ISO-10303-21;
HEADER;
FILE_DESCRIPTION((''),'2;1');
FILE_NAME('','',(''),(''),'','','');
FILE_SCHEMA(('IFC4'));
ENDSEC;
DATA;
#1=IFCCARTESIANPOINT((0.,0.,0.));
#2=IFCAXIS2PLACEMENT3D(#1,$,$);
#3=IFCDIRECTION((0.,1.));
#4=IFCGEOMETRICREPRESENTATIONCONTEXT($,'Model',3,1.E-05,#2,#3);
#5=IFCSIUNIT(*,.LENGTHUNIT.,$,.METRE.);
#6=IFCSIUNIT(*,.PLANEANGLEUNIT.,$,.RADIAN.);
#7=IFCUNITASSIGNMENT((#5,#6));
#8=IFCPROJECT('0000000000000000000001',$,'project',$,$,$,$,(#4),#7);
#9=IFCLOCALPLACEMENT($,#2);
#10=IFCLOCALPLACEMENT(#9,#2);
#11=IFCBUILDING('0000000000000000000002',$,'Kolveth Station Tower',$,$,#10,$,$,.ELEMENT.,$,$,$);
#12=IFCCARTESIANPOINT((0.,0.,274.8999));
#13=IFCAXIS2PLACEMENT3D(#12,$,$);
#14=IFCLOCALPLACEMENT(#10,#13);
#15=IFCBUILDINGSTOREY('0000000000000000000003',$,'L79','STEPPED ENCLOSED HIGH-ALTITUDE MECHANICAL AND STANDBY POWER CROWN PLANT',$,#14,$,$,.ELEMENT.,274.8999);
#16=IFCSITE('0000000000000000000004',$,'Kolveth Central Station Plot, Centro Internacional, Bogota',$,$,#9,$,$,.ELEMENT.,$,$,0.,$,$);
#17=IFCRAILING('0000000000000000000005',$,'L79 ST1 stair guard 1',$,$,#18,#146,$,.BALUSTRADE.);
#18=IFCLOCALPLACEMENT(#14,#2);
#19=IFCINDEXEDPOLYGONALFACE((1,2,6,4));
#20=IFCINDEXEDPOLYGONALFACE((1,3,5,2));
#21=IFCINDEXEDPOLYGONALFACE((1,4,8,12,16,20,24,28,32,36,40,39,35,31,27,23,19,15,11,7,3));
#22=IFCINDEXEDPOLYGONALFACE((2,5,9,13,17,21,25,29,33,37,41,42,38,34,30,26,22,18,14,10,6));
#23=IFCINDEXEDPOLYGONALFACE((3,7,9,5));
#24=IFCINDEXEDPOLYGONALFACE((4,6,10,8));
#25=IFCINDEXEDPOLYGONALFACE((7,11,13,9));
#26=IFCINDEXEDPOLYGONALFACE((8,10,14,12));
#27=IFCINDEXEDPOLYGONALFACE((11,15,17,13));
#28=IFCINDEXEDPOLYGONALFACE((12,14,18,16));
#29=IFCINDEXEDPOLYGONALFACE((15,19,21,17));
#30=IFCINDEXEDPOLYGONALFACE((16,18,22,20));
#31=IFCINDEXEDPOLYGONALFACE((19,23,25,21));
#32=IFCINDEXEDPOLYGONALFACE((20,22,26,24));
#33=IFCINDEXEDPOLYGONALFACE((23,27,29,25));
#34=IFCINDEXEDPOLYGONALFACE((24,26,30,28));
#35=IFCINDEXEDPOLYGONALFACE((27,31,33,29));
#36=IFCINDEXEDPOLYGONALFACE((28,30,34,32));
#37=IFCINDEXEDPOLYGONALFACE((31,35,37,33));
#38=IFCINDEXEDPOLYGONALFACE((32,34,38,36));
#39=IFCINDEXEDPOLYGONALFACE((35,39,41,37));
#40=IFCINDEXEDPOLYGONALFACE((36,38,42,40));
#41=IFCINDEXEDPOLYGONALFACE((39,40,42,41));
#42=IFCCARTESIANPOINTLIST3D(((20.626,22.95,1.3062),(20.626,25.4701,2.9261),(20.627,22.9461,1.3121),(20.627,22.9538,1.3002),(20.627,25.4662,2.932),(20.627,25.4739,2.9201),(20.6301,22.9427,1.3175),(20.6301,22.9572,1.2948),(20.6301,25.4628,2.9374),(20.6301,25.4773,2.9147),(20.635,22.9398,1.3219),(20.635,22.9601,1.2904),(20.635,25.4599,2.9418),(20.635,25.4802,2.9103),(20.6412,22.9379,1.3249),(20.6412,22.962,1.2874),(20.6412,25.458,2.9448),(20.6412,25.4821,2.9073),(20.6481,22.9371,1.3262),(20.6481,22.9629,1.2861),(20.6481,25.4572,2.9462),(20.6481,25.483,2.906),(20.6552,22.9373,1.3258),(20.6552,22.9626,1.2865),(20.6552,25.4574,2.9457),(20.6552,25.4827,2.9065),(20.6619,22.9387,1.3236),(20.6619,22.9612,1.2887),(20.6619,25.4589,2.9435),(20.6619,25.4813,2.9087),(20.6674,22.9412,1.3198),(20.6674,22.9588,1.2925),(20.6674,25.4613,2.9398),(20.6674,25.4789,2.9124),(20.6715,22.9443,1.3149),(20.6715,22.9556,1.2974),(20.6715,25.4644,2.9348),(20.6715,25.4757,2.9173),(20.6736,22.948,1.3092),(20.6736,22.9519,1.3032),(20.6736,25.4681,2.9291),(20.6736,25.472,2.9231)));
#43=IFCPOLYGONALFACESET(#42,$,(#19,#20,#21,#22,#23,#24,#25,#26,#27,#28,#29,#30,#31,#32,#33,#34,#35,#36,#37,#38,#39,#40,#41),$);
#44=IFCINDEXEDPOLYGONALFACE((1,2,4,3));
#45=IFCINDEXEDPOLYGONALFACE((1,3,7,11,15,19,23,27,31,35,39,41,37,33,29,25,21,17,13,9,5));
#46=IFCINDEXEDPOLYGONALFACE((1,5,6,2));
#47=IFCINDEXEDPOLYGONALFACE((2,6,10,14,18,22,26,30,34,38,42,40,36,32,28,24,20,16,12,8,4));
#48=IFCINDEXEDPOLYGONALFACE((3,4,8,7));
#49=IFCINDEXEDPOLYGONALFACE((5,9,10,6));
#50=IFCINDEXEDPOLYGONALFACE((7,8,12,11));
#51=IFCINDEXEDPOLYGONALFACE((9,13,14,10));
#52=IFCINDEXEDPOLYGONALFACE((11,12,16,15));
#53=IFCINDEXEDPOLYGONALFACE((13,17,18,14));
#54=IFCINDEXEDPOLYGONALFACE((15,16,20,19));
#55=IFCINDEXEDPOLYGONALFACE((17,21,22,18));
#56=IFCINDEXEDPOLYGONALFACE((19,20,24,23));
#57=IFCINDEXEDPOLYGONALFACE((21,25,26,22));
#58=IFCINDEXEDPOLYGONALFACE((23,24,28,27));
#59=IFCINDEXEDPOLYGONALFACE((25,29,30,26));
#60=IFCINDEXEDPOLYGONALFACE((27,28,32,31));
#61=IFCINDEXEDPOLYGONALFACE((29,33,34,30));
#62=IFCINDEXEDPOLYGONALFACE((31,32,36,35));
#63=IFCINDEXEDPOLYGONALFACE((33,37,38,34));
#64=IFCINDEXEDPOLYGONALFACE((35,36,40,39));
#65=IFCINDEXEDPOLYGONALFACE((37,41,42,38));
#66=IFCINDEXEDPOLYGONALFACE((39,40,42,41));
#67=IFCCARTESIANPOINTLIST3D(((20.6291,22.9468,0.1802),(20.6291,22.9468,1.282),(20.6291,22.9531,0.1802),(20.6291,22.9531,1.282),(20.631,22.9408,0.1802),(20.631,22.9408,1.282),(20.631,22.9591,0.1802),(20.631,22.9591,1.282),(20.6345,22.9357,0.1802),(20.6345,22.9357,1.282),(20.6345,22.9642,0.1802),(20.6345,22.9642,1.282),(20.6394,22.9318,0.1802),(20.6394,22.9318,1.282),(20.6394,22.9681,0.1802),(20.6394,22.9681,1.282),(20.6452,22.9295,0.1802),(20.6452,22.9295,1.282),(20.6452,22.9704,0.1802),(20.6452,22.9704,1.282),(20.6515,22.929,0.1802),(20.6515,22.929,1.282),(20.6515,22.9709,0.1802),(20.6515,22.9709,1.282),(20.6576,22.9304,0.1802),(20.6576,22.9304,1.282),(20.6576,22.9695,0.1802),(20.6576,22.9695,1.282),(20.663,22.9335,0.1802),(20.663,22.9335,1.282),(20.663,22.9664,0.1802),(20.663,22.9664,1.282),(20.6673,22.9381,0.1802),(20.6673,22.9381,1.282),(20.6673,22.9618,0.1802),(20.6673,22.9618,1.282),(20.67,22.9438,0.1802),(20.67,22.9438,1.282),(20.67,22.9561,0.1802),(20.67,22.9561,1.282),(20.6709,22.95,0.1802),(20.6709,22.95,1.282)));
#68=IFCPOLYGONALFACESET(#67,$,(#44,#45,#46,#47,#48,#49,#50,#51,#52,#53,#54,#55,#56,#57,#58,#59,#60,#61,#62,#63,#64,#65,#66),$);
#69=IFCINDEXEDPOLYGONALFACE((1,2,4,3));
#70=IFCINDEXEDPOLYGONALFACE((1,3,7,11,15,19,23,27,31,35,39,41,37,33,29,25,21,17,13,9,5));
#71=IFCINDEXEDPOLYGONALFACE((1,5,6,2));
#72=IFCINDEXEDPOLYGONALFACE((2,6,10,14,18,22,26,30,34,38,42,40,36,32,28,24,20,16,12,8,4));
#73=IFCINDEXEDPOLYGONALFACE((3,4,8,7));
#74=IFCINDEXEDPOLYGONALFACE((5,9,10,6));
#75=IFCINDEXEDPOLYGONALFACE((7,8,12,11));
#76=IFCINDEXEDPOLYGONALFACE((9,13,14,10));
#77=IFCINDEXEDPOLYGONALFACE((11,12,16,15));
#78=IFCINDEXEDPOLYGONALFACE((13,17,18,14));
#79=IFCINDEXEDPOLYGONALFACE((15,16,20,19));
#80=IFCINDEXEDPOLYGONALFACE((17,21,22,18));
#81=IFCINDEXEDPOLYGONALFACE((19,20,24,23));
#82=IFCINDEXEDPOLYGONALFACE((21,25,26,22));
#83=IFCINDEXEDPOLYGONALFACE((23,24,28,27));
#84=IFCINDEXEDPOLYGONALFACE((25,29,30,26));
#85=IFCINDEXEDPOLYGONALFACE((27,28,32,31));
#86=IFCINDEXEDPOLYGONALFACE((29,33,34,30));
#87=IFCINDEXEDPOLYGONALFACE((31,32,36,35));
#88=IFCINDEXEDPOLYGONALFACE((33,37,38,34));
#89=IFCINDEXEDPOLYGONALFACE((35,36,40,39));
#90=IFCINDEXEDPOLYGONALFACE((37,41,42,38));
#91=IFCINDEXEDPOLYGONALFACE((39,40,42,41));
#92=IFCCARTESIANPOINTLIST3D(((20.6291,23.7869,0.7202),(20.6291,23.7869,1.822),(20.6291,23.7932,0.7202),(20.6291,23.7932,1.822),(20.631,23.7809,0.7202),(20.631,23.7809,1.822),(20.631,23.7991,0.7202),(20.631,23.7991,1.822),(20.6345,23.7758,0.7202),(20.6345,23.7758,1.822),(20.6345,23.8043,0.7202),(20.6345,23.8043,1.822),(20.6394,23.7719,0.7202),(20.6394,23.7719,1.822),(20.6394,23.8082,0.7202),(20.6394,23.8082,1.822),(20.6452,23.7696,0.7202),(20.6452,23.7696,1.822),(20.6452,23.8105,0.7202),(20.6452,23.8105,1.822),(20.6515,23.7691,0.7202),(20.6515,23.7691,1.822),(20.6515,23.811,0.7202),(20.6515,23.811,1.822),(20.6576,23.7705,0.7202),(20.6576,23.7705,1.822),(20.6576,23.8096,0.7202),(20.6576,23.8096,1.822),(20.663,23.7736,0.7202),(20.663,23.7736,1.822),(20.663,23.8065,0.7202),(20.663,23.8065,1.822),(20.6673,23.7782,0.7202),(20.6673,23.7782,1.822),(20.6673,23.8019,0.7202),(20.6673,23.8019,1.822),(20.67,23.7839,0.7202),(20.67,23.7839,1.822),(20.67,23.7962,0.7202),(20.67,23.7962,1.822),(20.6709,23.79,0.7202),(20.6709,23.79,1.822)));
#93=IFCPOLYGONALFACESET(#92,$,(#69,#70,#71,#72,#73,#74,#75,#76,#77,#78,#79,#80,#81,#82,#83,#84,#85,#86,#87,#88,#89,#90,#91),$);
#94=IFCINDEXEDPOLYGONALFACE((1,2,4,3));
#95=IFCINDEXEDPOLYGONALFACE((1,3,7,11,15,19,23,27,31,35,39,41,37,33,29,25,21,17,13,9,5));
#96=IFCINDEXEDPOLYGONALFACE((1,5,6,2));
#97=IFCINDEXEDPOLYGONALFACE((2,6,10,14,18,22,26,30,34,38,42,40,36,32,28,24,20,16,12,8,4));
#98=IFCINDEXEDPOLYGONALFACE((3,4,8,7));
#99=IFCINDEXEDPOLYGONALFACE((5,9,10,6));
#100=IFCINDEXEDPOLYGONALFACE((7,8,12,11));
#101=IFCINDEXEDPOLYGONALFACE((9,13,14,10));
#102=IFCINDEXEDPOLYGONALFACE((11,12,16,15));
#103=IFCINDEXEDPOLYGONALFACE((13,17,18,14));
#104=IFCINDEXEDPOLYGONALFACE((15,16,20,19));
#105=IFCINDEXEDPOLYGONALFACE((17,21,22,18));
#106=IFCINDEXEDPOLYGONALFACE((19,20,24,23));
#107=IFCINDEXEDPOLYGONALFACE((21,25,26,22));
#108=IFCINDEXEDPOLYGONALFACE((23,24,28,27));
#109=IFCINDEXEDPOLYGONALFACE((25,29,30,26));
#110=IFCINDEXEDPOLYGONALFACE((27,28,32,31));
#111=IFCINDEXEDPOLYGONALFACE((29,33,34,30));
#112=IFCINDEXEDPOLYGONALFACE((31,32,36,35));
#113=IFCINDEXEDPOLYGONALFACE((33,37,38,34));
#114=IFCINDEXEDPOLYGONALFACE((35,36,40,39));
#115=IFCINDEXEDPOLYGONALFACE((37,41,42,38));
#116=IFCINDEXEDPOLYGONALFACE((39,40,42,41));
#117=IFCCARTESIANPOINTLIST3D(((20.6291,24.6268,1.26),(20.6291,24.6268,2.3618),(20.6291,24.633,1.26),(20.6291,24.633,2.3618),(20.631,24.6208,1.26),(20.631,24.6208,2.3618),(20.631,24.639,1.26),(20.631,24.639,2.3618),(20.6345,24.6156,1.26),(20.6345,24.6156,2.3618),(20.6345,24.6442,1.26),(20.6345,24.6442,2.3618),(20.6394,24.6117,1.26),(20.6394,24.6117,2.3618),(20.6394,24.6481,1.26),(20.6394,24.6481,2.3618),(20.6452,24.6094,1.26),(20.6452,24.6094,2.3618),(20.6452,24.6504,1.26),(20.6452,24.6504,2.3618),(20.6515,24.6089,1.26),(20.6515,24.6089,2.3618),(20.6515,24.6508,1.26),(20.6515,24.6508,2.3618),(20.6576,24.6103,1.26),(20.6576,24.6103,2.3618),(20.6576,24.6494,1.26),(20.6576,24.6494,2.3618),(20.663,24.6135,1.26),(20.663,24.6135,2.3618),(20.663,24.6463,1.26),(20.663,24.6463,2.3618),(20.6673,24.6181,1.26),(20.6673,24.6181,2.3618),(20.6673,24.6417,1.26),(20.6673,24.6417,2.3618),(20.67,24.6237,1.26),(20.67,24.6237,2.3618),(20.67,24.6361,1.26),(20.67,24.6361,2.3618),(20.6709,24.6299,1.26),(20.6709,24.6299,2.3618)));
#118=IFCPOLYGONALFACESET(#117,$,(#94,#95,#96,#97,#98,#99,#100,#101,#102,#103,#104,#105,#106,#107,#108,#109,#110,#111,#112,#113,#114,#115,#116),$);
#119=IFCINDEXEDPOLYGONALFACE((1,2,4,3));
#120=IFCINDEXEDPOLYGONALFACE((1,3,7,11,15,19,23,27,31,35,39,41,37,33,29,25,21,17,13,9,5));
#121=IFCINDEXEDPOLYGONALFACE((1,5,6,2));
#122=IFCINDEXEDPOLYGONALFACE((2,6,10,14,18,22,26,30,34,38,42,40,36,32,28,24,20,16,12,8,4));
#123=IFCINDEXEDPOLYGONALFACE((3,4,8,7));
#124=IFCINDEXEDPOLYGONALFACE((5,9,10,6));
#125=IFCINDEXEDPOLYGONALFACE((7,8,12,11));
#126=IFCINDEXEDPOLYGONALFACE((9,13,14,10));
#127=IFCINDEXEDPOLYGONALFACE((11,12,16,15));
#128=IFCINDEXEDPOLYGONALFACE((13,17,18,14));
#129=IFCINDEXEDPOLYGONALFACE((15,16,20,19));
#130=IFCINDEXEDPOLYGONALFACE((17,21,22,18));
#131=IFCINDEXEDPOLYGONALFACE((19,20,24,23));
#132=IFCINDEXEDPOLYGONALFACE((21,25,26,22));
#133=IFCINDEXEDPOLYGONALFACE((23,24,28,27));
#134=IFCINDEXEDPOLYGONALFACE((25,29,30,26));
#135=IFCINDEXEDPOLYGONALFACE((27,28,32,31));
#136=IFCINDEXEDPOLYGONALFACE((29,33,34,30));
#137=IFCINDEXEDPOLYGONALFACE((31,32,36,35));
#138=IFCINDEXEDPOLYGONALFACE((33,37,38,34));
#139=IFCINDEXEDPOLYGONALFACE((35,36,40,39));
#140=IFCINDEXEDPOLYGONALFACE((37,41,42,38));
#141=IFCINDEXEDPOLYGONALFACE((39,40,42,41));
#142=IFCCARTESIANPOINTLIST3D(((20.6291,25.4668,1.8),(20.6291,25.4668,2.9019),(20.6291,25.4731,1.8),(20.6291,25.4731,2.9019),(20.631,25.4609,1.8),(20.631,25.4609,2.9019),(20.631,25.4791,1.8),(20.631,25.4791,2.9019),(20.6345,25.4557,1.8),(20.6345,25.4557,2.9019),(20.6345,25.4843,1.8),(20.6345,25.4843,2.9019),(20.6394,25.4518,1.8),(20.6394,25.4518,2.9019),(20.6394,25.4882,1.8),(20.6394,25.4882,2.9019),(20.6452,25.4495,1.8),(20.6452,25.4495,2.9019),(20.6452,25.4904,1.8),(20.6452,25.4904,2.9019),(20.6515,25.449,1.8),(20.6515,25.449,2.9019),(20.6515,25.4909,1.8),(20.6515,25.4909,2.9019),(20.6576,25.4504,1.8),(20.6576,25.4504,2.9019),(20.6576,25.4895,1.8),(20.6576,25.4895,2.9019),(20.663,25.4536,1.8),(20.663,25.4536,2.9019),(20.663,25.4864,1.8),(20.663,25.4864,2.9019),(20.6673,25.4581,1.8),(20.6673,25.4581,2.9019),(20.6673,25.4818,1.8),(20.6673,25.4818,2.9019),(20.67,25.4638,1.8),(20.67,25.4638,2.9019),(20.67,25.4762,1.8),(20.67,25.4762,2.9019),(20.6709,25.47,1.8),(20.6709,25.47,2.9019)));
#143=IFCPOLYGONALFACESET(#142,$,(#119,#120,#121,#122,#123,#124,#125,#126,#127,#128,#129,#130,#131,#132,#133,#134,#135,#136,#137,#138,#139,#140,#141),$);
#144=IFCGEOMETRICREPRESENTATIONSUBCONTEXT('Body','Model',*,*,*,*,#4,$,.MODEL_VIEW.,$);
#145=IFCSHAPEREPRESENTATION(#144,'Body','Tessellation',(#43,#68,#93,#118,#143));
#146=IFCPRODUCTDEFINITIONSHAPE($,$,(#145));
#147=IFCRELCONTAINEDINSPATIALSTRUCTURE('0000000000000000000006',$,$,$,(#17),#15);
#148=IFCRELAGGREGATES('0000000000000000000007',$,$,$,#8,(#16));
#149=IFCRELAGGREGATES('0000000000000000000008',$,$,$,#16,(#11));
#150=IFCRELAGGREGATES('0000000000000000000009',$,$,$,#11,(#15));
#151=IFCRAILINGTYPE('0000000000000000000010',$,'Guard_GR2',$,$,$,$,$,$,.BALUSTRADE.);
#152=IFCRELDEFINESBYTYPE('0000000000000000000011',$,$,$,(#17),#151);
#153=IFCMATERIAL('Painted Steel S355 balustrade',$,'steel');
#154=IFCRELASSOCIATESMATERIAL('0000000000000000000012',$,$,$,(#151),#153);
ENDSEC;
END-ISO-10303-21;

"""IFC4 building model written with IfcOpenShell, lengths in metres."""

from ifc_helpers import new_model, si_unit, direction, frame, origin, origin_2d, place, context, subcontext, project, spatial, circle, extrude, material, type_object, element, save


model = new_model("IFC4")

# Units and contexts
model_context = context("Model", 3, precision=1e-05, world=origin(), true_north=direction((0.0, 1.0)))
body_context = subcontext(model_context, "Body", "Model", "MODEL_VIEW")
ifc_project = project(units=[si_unit("LENGTHUNIT", "METRE"), si_unit("PLANEANGLEUNIT", "RADIAN")], contexts=[model_context])

# Site, building, storey
site_placement = place(None, origin())
site = spatial("IfcSite", under=ifc_project, at=site_placement, Name="Kolveth Central Station Plot, Centro Internacional, Bogota", CompositionType="ELEMENT", RefElevation=0.0)
building_placement = place(site_placement, origin())
building = spatial("IfcBuilding", under=site, at=building_placement, Name="Kolveth Station Tower", CompositionType="ELEMENT")
storey_placement = place(building_placement, frame((0.0, 0.0, 274.8999)))
storey = spatial("IfcBuildingStorey", under=building, at=storey_placement, Name="L79", Description="STEPPED ENCLOSED HIGH-ALTITUDE MECHANICAL AND STANDBY POWER CROWN PLANT", CompositionType="ELEMENT", Elevation=274.8999)

# Railing
ifc_material_1 = material(Name="Painted Steel S355 balustrade", Category="steel")
railing_type_1 = type_object("IfcRailingType", Name="Guard_GR2", PredefinedType="BALUSTRADE", material=ifc_material_1)
railing_1_placement = place(storey_placement, frame((20.6499, 22.95, 0.1802)))
element("IfcRailing", 1, at=railing_1_placement, inside=storey, type_object=railing_type_1, Name="L79 ST1 stair guard 1", PredefinedType="BALUSTRADE", context=body_context, shape_type="SweptSolid", body=[
    extrude(circle(Radius=0.0239, at=origin_2d()), frame((0.0, 0.0, 1.126), z_axis=(0.0, 0.8412, 0.540725), x_axis=(-1.0, 0.0, 0.0)), (0.0, 0.0, 1.0), 2.9958),
    extrude(circle(Radius=0.021, at=origin_2d()), origin(), (0.0, 0.0, 1.0), 1.1018),
    extrude(circle(Radius=0.021, at=origin_2d()), frame((0.0, 0.8401, 0.54)), (0.0, 0.0, 1.0), 1.1018),
    extrude(circle(Radius=0.021, at=origin_2d()), frame((0.0, 1.6799, 1.0798)), (0.0, 0.0, 1.0), 1.1018),
    extrude(circle(Radius=0.021, at=origin_2d()), frame((0.0, 2.52, 1.6199)), (0.0, 0.0, 1.0), 1.1018),
])

save(model, "model.ifc")
